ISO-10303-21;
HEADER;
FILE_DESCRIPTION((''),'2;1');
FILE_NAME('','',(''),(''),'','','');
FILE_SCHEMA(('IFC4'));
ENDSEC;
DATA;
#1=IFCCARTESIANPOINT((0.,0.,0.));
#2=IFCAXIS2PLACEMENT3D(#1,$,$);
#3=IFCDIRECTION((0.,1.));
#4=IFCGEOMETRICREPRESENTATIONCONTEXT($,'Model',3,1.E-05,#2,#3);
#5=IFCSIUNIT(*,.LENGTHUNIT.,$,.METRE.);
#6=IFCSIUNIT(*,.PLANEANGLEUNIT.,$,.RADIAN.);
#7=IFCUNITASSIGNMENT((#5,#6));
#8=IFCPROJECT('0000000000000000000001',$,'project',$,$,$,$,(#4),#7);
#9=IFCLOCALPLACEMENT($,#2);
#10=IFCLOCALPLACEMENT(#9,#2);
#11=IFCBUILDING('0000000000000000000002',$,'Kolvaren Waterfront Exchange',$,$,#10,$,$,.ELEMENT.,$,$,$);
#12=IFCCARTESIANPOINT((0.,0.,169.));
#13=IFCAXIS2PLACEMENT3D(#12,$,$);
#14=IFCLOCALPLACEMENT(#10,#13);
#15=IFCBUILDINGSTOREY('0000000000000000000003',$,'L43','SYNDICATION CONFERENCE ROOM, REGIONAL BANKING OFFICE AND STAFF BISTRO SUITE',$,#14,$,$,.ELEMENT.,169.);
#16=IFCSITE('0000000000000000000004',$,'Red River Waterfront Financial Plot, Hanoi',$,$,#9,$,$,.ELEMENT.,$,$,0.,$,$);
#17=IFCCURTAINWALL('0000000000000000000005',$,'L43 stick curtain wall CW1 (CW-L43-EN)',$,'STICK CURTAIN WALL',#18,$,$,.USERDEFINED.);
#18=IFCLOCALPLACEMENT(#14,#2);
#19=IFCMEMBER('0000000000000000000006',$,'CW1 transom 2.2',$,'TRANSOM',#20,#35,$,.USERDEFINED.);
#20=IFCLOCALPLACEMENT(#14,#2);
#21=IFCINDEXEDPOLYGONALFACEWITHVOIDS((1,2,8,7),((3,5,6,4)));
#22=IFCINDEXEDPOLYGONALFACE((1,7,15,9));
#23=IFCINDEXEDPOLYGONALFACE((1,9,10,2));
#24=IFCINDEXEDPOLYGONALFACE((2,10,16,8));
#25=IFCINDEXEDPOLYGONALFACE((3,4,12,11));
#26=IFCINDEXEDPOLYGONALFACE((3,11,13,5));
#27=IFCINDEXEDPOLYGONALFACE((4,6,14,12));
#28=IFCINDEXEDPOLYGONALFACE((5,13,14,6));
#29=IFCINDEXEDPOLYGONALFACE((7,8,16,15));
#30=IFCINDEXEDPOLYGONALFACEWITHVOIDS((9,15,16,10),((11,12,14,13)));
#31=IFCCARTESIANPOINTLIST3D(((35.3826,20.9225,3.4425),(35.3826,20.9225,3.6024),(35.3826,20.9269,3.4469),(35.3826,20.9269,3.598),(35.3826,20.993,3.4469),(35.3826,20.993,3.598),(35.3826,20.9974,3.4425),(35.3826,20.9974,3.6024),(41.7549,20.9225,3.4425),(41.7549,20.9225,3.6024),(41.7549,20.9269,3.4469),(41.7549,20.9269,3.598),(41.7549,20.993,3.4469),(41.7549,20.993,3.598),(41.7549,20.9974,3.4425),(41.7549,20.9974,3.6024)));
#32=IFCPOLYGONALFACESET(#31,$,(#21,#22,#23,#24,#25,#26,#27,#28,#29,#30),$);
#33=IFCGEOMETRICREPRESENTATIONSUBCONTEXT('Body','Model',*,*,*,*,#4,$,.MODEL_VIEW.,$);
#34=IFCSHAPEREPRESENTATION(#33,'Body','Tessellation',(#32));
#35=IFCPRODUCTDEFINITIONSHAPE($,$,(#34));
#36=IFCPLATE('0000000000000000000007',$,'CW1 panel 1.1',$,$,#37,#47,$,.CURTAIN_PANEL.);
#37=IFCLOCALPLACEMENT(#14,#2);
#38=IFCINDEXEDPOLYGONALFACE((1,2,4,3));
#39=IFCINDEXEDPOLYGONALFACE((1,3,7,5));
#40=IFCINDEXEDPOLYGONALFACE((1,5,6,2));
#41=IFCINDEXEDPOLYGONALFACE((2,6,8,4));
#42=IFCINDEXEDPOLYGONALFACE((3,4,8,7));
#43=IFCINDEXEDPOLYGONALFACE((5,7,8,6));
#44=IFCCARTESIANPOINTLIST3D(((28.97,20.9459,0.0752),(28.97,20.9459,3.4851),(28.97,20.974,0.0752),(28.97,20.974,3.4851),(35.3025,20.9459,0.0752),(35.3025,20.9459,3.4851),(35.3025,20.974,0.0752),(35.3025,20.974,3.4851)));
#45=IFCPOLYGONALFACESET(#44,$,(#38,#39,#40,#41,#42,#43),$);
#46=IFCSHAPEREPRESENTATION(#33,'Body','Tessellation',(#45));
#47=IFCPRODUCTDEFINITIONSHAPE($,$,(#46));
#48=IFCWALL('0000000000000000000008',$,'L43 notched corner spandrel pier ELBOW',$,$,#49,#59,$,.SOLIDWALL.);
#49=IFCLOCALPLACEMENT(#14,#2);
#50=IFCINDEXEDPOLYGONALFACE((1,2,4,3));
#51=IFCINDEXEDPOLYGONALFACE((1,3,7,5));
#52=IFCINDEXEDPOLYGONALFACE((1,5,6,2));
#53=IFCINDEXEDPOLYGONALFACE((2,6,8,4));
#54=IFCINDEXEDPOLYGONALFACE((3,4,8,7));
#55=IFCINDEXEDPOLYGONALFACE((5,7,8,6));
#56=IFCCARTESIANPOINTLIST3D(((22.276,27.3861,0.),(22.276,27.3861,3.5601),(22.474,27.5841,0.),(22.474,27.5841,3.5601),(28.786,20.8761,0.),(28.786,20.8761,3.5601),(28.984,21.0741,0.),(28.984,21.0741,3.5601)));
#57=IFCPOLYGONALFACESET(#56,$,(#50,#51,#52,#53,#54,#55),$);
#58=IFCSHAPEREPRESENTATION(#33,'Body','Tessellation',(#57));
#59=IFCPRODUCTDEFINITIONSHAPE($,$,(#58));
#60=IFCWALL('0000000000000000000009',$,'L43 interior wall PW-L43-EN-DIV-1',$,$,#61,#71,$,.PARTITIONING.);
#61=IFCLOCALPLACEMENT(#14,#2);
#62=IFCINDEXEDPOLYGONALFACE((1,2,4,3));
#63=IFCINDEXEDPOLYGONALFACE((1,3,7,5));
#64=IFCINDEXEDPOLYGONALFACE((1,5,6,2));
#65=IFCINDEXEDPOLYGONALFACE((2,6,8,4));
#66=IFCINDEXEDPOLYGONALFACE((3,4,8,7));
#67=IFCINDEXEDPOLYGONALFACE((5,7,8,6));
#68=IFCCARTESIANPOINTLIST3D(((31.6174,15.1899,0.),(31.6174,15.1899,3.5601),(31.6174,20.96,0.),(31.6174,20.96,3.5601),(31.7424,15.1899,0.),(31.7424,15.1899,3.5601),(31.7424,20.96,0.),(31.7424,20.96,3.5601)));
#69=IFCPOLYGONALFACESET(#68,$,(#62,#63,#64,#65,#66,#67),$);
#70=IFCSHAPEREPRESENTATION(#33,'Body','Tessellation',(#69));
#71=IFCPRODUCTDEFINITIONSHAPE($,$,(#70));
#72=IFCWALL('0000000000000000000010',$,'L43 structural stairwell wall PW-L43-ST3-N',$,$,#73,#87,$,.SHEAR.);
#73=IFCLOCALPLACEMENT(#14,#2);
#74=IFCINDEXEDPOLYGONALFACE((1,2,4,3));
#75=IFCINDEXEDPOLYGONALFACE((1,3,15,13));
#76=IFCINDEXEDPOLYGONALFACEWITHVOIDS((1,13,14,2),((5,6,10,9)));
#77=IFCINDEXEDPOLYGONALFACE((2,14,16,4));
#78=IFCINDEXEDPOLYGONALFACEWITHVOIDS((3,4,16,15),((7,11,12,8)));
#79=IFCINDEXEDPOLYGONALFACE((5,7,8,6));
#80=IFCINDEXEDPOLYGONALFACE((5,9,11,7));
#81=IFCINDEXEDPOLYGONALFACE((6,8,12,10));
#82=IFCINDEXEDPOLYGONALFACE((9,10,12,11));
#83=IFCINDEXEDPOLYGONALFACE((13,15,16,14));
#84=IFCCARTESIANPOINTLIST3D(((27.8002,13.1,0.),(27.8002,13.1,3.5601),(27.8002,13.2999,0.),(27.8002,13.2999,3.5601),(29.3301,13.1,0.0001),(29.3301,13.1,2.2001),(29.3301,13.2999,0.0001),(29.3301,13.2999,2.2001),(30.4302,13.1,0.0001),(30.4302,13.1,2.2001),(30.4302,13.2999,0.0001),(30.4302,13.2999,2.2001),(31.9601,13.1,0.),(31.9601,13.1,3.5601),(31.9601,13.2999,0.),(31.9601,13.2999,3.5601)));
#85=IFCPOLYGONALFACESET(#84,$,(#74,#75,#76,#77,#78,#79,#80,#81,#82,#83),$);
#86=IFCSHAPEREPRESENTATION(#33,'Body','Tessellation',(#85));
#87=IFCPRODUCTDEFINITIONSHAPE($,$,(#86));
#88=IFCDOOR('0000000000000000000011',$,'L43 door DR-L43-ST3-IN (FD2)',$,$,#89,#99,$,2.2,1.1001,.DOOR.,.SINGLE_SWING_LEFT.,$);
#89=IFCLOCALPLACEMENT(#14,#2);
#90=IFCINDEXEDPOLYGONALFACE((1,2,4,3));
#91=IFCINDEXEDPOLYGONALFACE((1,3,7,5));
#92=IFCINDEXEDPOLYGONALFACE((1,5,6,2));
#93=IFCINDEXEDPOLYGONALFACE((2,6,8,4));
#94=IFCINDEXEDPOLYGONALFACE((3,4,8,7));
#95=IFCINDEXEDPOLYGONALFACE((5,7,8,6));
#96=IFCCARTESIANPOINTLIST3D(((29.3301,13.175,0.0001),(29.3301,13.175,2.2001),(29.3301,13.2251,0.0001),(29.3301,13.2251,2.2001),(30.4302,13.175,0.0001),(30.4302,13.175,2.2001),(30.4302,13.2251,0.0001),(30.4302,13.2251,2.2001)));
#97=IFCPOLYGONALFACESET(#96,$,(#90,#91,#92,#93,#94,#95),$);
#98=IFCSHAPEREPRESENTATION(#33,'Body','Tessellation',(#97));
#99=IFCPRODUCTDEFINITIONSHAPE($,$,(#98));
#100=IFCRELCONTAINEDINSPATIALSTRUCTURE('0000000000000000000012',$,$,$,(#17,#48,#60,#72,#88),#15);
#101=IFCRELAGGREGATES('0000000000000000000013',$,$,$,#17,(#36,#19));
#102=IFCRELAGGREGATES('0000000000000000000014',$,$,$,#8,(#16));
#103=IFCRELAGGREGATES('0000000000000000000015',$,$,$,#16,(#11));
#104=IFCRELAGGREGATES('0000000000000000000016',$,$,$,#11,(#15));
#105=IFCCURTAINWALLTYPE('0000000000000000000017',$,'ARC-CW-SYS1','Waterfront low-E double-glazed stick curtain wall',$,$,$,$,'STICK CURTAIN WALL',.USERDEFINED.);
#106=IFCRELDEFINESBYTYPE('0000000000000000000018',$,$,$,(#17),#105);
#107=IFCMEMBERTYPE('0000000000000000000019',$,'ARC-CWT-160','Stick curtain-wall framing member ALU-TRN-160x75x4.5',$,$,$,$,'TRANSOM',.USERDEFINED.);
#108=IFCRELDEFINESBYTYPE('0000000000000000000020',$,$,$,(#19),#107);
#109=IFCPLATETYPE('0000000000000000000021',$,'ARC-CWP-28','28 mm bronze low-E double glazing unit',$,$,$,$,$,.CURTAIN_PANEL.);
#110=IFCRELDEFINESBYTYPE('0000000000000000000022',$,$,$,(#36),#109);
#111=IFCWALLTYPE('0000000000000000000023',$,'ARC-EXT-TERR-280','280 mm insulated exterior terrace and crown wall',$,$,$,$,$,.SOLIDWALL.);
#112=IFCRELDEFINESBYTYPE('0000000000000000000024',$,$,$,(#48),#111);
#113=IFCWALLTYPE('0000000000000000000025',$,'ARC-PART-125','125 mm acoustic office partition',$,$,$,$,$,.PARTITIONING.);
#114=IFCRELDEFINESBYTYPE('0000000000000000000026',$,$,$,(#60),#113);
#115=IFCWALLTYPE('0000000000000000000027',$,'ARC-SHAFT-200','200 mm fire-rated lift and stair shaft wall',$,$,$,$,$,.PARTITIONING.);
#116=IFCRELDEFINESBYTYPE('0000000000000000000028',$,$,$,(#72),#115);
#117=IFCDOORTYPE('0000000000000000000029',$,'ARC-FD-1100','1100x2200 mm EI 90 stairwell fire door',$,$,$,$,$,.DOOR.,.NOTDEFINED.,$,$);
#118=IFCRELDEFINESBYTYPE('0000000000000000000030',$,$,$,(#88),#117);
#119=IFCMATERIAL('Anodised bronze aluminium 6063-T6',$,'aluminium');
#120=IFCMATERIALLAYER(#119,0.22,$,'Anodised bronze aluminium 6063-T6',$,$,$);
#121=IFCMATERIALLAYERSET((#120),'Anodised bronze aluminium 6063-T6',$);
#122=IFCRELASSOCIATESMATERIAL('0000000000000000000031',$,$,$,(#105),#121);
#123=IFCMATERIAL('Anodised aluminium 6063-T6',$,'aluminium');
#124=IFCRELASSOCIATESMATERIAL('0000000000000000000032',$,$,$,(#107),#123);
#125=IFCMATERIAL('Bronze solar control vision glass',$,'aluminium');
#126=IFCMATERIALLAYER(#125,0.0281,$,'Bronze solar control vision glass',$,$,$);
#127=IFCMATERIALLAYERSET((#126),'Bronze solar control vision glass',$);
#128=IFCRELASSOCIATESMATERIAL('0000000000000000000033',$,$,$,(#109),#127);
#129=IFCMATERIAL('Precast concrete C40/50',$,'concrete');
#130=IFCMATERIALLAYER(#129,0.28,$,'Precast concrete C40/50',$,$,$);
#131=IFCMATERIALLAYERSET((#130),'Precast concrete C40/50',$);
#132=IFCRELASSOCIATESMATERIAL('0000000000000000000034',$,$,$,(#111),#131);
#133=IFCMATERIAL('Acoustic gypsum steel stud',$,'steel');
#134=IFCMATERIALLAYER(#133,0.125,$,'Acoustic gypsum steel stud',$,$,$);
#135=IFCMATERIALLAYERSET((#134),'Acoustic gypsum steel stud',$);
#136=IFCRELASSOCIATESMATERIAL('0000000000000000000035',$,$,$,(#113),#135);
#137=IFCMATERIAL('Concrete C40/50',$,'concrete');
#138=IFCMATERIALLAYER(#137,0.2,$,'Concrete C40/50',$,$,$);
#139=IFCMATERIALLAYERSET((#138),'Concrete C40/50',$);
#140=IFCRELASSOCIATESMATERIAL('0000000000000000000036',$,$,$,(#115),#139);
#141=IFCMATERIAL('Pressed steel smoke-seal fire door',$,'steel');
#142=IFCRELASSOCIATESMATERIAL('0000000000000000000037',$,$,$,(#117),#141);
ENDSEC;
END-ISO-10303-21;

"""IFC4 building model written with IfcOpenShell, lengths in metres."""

from ifc_helpers import new_model, si_unit, direction, frame, frame_2d, origin, origin_with_axes, origin_2d, place, context, subcontext, project, spatial, rectangle, hollow_rectangle, extrude, source, transform, mapped, material, layer, layer_set, material_profile, profile_set, type_object, element, fill, aggregate, save


model = new_model("IFC4")

# Units and contexts
model_context = context("Model", 3, precision=1e-05, world=origin(), true_north=direction((0.0, 1.0)))
body_context = subcontext(model_context, "Body", "Model", "MODEL_VIEW")
ifc_project = project(units=[si_unit("LENGTHUNIT", "METRE"), si_unit("PLANEANGLEUNIT", "RADIAN")], contexts=[model_context])

# Site, building, storey
site_placement = place(None, origin())
site = spatial("IfcSite", under=ifc_project, at=site_placement, Name="Red River Waterfront Financial Plot, Hanoi", CompositionType="ELEMENT", RefElevation=0.0)
building_placement = place(site_placement, origin())
building = spatial("IfcBuilding", under=site, at=building_placement, Name="Kolvaren Waterfront Exchange", CompositionType="ELEMENT")
storey_placement = place(building_placement, frame((0.0, 0.0, 169.0)))
storey = spatial("IfcBuildingStorey", under=building, at=storey_placement, Name="L43", Description="SYNDICATION CONFERENCE ROOM, REGIONAL BANKING OFFICE AND STAFF BISTRO SUITE", CompositionType="ELEMENT", Elevation=169.0)

# Curtain wall, member, plate
ifc_material_1 = material(Name="Anodised bronze aluminium 6063-T6", Category="aluminium")
ifc_layer_1 = layer(ifc_material_1, 0.22, Name="Anodised bronze aluminium 6063-T6")
ifc_layer_set_1 = layer_set([ifc_layer_1], Name="Anodised bronze aluminium 6063-T6")
curtain_wall_type = type_object("IfcCurtainWallType", Name="ARC-CW-SYS1", Description="Waterfront low-E double-glazed stick curtain wall", ElementType="STICK CURTAIN WALL", PredefinedType="USERDEFINED", material=ifc_layer_set_1)
curtain_wall_placement = place(storey_placement, origin())
curtain_wall = element("IfcCurtainWall", 1, at=curtain_wall_placement, inside=storey, type_object=curtain_wall_type, Name="L43 stick curtain wall CW1 (CW-L43-EN)", ObjectType="STICK CURTAIN WALL", PredefinedType="USERDEFINED")
ifc_material_2 = material(Name="Anodised aluminium 6063-T6", Category="aluminium")
ifc_material_profile_1 = material_profile(ifc_material_2, hollow_rectangle(XDim=0.075, YDim=0.1599, WallThickness=0.0044, at=origin_2d()), Name="ALU-TRN-160x75x4.5")
ifc_profile_set_1 = profile_set([ifc_material_profile_1], Name="Anodised aluminium 6063-T6")
member_type_1 = type_object("IfcMemberType", Name="ARC-CWT-160", Description="Stick curtain-wall framing member ALU-TRN-160x75x4.5", ElementType="TRANSOM", PredefinedType="USERDEFINED", material=ifc_profile_set_1)
shared_shape_1 = source(origin_with_axes(), body_context, "Body", "SweptSolid", [
    extrude(hollow_rectangle(XDim=0.075, YDim=0.1599, WallThickness=0.0044, at=origin_2d()), origin(), (0.0, 0.0, 1.0), 6.3723),
])
member_1_placement = place(storey_placement, frame((35.3826, 20.96, 3.5225), z_axis=(1.0, 0.0, 0.0), x_axis=(0.0, 1.0, 0.0)))
member_1 = element("IfcMember", 2, at=member_1_placement, type_object=member_type_1, Name="CW1 transom 2.2", ObjectType="TRANSOM", PredefinedType="USERDEFINED", context=body_context, shape_type="MappedRepresentation", body=[
    mapped(shared_shape_1, transform((0.0, 0.0, 0.0), x_axis=(1.0, 0.0, 0.0), y_axis=(0.0, 1.0, 0.0), z_axis=(0.0, 0.0, 1.0), scale=1.0)),
])
ifc_material_3 = material(Name="Bronze solar control vision glass", Category="aluminium")
ifc_layer_2 = layer(ifc_material_3, 0.0281, Name="Bronze solar control vision glass")
ifc_layer_set_2 = layer_set([ifc_layer_2], Name="Bronze solar control vision glass")
plate_type = type_object("IfcPlateType", Name="ARC-CWP-28", Description="28 mm bronze low-E double glazing unit", PredefinedType="CURTAIN_PANEL", material=ifc_layer_set_2)
shared_shape_2 = source(origin_with_axes(), body_context, "Body", "SweptSolid", [
    extrude(rectangle(XDim=6.3325, YDim=0.0281, at=origin_2d()), origin(), (0.0, 0.0, 1.0), 3.4099),
])
plate_placement = place(storey_placement, frame((32.1362, 20.96, 0.0752), z_axis=(0.0, 0.0, 1.0), x_axis=(1.0, 0.0, 0.0)))
plate = element("IfcPlate", 3, at=plate_placement, type_object=plate_type, Name="CW1 panel 1.1", PredefinedType="CURTAIN_PANEL", context=body_context, shape_type="MappedRepresentation", body=[
    mapped(shared_shape_2, transform((0.0, 0.0, 0.0), x_axis=(1.0, 0.0, 0.0), y_axis=(0.0, 1.0, 0.0), z_axis=(0.0, 0.0, 1.0), scale=1.0)),
])
aggregate(curtain_wall, [plate, member_1])

# Walls
ifc_material_4 = material(Name="Precast concrete C40/50", Category="concrete")
ifc_layer_3 = layer(ifc_material_4, 0.28, Name="Precast concrete C40/50")
ifc_layer_set_3 = layer_set([ifc_layer_3], Name="Precast concrete C40/50")
wall_type_1 = type_object("IfcWallType", Name="ARC-EXT-TERR-280", Description="280 mm insulated exterior terrace and crown wall", PredefinedType="SOLIDWALL", material=ifc_layer_set_3)
wall_1_placement = place(storey_placement, frame((28.885, 20.9751, 0.0), z_axis=(0.0, 0.0, 1.0), x_axis=(-0.707107, 0.707107, 0.0)))
element("IfcWall", 4, at=wall_1_placement, inside=storey, type_object=wall_type_1, Name="L43 notched corner spandrel pier ELBOW", PredefinedType="SOLIDWALL", context=body_context, shape_type="SweptSolid", body=[
    extrude(rectangle(XDim=9.2065, YDim=0.28, at=frame_2d((4.6033, 0.0))), origin(), (0.0, 0.0, 1.0), 3.5601),
])
ifc_material_5 = material(Name="Acoustic gypsum steel stud", Category="steel")
ifc_layer_4 = layer(ifc_material_5, 0.125, Name="Acoustic gypsum steel stud")
ifc_layer_set_4 = layer_set([ifc_layer_4], Name="Acoustic gypsum steel stud")
wall_type_2 = type_object("IfcWallType", Name="ARC-PART-125", Description="125 mm acoustic office partition", PredefinedType="PARTITIONING", material=ifc_layer_set_4)
wall_2_placement = place(storey_placement, frame((31.6799, 15.1899, 0.0), z_axis=(0.0, 0.0, 1.0), x_axis=(0.0, 1.0, 0.0)))
element("IfcWall", 5, at=wall_2_placement, inside=storey, type_object=wall_type_2, Name="L43 interior wall PW-L43-EN-DIV-1", PredefinedType="PARTITIONING", context=body_context, shape_type="SweptSolid", body=[
    extrude(rectangle(XDim=5.77, YDim=0.125, at=frame_2d((2.885, 0.0))), origin(), (0.0, 0.0, 1.0), 3.5601),
])

# Wall, opening, door
ifc_material_6 = material(Name="Concrete C40/50", Category="concrete")
ifc_layer_5 = layer(ifc_material_6, 0.2, Name="Concrete C40/50")
ifc_layer_set_5 = layer_set([ifc_layer_5], Name="Concrete C40/50")
wall_type_3 = type_object("IfcWallType", Name="ARC-SHAFT-200", Description="200 mm fire-rated lift and stair shaft wall", PredefinedType="PARTITIONING", material=ifc_layer_set_5)
wall_3_placement = place(storey_placement, frame((27.8, 13.2, 0.0), z_axis=(0.0, 0.0, 1.0), x_axis=(1.0, 0.0, 0.0)))
wall_3 = element("IfcWall", 6, at=wall_3_placement, inside=storey, type_object=wall_type_3, Name="L43 structural stairwell wall PW-L43-ST3-N", PredefinedType="SHEAR", context=body_context, shape_type="SweptSolid", body=[
    extrude(rectangle(XDim=4.1599, YDim=0.2, at=frame_2d((2.0801, 0.0))), origin(), (0.0, 0.0, 1.0), 3.5601),
])
opening_1_placement = place(wall_3_placement, frame((1.53, 0.0, 0.0)))
opening_1 = element("IfcOpeningElement", 7, at=opening_1_placement, cuts=wall_3, PredefinedType="OPENING", context=body_context, shape_type="SweptSolid", body=[
    extrude(rectangle(XDim=1.1001, YDim=2.2, at=frame_2d((0.55, 1.1001))), frame((0.0, 0.1099, 0.0), z_axis=(0.0, -1.0, 0.0), x_axis=(1.0, 0.0, 0.0)), (0.0, 0.0, 1.0), 0.22),
])
ifc_material_7 = material(Name="Pressed steel smoke-seal fire door", Category="steel")
door_type_1 = type_object("IfcDoorType", Name="ARC-FD-1100", Description="1100x2200 mm EI 90 stairwell fire door", OperationType="NOTDEFINED", PredefinedType="DOOR", material=ifc_material_7)
door_1_placement = place(opening_1_placement, frame((1.1001, 0.0, 0.0), z_axis=(0.0, 0.0, 1.0), x_axis=(-1.0, 0.0, 0.0)))
door_1 = element("IfcDoor", 8, at=door_1_placement, inside=storey, type_object=door_type_1, Name="L43 door DR-L43-ST3-IN (FD2)", OperationType="SINGLE_SWING_LEFT", OverallHeight=2.2, OverallWidth=1.1001, PredefinedType="DOOR", context=body_context, shape_type="SweptSolid", body=[
    extrude(rectangle(XDim=1.1001, YDim=2.2, at=frame_2d((0.55, 1.1001))), frame((0.0, 0.0249, 0.0), z_axis=(0.0, -1.0, 0.0), x_axis=(1.0, 0.0, 0.0)), (0.0, 0.0, 1.0), 0.05),
])
fill(opening_1, door_1)

save(model, "model.ifc")
